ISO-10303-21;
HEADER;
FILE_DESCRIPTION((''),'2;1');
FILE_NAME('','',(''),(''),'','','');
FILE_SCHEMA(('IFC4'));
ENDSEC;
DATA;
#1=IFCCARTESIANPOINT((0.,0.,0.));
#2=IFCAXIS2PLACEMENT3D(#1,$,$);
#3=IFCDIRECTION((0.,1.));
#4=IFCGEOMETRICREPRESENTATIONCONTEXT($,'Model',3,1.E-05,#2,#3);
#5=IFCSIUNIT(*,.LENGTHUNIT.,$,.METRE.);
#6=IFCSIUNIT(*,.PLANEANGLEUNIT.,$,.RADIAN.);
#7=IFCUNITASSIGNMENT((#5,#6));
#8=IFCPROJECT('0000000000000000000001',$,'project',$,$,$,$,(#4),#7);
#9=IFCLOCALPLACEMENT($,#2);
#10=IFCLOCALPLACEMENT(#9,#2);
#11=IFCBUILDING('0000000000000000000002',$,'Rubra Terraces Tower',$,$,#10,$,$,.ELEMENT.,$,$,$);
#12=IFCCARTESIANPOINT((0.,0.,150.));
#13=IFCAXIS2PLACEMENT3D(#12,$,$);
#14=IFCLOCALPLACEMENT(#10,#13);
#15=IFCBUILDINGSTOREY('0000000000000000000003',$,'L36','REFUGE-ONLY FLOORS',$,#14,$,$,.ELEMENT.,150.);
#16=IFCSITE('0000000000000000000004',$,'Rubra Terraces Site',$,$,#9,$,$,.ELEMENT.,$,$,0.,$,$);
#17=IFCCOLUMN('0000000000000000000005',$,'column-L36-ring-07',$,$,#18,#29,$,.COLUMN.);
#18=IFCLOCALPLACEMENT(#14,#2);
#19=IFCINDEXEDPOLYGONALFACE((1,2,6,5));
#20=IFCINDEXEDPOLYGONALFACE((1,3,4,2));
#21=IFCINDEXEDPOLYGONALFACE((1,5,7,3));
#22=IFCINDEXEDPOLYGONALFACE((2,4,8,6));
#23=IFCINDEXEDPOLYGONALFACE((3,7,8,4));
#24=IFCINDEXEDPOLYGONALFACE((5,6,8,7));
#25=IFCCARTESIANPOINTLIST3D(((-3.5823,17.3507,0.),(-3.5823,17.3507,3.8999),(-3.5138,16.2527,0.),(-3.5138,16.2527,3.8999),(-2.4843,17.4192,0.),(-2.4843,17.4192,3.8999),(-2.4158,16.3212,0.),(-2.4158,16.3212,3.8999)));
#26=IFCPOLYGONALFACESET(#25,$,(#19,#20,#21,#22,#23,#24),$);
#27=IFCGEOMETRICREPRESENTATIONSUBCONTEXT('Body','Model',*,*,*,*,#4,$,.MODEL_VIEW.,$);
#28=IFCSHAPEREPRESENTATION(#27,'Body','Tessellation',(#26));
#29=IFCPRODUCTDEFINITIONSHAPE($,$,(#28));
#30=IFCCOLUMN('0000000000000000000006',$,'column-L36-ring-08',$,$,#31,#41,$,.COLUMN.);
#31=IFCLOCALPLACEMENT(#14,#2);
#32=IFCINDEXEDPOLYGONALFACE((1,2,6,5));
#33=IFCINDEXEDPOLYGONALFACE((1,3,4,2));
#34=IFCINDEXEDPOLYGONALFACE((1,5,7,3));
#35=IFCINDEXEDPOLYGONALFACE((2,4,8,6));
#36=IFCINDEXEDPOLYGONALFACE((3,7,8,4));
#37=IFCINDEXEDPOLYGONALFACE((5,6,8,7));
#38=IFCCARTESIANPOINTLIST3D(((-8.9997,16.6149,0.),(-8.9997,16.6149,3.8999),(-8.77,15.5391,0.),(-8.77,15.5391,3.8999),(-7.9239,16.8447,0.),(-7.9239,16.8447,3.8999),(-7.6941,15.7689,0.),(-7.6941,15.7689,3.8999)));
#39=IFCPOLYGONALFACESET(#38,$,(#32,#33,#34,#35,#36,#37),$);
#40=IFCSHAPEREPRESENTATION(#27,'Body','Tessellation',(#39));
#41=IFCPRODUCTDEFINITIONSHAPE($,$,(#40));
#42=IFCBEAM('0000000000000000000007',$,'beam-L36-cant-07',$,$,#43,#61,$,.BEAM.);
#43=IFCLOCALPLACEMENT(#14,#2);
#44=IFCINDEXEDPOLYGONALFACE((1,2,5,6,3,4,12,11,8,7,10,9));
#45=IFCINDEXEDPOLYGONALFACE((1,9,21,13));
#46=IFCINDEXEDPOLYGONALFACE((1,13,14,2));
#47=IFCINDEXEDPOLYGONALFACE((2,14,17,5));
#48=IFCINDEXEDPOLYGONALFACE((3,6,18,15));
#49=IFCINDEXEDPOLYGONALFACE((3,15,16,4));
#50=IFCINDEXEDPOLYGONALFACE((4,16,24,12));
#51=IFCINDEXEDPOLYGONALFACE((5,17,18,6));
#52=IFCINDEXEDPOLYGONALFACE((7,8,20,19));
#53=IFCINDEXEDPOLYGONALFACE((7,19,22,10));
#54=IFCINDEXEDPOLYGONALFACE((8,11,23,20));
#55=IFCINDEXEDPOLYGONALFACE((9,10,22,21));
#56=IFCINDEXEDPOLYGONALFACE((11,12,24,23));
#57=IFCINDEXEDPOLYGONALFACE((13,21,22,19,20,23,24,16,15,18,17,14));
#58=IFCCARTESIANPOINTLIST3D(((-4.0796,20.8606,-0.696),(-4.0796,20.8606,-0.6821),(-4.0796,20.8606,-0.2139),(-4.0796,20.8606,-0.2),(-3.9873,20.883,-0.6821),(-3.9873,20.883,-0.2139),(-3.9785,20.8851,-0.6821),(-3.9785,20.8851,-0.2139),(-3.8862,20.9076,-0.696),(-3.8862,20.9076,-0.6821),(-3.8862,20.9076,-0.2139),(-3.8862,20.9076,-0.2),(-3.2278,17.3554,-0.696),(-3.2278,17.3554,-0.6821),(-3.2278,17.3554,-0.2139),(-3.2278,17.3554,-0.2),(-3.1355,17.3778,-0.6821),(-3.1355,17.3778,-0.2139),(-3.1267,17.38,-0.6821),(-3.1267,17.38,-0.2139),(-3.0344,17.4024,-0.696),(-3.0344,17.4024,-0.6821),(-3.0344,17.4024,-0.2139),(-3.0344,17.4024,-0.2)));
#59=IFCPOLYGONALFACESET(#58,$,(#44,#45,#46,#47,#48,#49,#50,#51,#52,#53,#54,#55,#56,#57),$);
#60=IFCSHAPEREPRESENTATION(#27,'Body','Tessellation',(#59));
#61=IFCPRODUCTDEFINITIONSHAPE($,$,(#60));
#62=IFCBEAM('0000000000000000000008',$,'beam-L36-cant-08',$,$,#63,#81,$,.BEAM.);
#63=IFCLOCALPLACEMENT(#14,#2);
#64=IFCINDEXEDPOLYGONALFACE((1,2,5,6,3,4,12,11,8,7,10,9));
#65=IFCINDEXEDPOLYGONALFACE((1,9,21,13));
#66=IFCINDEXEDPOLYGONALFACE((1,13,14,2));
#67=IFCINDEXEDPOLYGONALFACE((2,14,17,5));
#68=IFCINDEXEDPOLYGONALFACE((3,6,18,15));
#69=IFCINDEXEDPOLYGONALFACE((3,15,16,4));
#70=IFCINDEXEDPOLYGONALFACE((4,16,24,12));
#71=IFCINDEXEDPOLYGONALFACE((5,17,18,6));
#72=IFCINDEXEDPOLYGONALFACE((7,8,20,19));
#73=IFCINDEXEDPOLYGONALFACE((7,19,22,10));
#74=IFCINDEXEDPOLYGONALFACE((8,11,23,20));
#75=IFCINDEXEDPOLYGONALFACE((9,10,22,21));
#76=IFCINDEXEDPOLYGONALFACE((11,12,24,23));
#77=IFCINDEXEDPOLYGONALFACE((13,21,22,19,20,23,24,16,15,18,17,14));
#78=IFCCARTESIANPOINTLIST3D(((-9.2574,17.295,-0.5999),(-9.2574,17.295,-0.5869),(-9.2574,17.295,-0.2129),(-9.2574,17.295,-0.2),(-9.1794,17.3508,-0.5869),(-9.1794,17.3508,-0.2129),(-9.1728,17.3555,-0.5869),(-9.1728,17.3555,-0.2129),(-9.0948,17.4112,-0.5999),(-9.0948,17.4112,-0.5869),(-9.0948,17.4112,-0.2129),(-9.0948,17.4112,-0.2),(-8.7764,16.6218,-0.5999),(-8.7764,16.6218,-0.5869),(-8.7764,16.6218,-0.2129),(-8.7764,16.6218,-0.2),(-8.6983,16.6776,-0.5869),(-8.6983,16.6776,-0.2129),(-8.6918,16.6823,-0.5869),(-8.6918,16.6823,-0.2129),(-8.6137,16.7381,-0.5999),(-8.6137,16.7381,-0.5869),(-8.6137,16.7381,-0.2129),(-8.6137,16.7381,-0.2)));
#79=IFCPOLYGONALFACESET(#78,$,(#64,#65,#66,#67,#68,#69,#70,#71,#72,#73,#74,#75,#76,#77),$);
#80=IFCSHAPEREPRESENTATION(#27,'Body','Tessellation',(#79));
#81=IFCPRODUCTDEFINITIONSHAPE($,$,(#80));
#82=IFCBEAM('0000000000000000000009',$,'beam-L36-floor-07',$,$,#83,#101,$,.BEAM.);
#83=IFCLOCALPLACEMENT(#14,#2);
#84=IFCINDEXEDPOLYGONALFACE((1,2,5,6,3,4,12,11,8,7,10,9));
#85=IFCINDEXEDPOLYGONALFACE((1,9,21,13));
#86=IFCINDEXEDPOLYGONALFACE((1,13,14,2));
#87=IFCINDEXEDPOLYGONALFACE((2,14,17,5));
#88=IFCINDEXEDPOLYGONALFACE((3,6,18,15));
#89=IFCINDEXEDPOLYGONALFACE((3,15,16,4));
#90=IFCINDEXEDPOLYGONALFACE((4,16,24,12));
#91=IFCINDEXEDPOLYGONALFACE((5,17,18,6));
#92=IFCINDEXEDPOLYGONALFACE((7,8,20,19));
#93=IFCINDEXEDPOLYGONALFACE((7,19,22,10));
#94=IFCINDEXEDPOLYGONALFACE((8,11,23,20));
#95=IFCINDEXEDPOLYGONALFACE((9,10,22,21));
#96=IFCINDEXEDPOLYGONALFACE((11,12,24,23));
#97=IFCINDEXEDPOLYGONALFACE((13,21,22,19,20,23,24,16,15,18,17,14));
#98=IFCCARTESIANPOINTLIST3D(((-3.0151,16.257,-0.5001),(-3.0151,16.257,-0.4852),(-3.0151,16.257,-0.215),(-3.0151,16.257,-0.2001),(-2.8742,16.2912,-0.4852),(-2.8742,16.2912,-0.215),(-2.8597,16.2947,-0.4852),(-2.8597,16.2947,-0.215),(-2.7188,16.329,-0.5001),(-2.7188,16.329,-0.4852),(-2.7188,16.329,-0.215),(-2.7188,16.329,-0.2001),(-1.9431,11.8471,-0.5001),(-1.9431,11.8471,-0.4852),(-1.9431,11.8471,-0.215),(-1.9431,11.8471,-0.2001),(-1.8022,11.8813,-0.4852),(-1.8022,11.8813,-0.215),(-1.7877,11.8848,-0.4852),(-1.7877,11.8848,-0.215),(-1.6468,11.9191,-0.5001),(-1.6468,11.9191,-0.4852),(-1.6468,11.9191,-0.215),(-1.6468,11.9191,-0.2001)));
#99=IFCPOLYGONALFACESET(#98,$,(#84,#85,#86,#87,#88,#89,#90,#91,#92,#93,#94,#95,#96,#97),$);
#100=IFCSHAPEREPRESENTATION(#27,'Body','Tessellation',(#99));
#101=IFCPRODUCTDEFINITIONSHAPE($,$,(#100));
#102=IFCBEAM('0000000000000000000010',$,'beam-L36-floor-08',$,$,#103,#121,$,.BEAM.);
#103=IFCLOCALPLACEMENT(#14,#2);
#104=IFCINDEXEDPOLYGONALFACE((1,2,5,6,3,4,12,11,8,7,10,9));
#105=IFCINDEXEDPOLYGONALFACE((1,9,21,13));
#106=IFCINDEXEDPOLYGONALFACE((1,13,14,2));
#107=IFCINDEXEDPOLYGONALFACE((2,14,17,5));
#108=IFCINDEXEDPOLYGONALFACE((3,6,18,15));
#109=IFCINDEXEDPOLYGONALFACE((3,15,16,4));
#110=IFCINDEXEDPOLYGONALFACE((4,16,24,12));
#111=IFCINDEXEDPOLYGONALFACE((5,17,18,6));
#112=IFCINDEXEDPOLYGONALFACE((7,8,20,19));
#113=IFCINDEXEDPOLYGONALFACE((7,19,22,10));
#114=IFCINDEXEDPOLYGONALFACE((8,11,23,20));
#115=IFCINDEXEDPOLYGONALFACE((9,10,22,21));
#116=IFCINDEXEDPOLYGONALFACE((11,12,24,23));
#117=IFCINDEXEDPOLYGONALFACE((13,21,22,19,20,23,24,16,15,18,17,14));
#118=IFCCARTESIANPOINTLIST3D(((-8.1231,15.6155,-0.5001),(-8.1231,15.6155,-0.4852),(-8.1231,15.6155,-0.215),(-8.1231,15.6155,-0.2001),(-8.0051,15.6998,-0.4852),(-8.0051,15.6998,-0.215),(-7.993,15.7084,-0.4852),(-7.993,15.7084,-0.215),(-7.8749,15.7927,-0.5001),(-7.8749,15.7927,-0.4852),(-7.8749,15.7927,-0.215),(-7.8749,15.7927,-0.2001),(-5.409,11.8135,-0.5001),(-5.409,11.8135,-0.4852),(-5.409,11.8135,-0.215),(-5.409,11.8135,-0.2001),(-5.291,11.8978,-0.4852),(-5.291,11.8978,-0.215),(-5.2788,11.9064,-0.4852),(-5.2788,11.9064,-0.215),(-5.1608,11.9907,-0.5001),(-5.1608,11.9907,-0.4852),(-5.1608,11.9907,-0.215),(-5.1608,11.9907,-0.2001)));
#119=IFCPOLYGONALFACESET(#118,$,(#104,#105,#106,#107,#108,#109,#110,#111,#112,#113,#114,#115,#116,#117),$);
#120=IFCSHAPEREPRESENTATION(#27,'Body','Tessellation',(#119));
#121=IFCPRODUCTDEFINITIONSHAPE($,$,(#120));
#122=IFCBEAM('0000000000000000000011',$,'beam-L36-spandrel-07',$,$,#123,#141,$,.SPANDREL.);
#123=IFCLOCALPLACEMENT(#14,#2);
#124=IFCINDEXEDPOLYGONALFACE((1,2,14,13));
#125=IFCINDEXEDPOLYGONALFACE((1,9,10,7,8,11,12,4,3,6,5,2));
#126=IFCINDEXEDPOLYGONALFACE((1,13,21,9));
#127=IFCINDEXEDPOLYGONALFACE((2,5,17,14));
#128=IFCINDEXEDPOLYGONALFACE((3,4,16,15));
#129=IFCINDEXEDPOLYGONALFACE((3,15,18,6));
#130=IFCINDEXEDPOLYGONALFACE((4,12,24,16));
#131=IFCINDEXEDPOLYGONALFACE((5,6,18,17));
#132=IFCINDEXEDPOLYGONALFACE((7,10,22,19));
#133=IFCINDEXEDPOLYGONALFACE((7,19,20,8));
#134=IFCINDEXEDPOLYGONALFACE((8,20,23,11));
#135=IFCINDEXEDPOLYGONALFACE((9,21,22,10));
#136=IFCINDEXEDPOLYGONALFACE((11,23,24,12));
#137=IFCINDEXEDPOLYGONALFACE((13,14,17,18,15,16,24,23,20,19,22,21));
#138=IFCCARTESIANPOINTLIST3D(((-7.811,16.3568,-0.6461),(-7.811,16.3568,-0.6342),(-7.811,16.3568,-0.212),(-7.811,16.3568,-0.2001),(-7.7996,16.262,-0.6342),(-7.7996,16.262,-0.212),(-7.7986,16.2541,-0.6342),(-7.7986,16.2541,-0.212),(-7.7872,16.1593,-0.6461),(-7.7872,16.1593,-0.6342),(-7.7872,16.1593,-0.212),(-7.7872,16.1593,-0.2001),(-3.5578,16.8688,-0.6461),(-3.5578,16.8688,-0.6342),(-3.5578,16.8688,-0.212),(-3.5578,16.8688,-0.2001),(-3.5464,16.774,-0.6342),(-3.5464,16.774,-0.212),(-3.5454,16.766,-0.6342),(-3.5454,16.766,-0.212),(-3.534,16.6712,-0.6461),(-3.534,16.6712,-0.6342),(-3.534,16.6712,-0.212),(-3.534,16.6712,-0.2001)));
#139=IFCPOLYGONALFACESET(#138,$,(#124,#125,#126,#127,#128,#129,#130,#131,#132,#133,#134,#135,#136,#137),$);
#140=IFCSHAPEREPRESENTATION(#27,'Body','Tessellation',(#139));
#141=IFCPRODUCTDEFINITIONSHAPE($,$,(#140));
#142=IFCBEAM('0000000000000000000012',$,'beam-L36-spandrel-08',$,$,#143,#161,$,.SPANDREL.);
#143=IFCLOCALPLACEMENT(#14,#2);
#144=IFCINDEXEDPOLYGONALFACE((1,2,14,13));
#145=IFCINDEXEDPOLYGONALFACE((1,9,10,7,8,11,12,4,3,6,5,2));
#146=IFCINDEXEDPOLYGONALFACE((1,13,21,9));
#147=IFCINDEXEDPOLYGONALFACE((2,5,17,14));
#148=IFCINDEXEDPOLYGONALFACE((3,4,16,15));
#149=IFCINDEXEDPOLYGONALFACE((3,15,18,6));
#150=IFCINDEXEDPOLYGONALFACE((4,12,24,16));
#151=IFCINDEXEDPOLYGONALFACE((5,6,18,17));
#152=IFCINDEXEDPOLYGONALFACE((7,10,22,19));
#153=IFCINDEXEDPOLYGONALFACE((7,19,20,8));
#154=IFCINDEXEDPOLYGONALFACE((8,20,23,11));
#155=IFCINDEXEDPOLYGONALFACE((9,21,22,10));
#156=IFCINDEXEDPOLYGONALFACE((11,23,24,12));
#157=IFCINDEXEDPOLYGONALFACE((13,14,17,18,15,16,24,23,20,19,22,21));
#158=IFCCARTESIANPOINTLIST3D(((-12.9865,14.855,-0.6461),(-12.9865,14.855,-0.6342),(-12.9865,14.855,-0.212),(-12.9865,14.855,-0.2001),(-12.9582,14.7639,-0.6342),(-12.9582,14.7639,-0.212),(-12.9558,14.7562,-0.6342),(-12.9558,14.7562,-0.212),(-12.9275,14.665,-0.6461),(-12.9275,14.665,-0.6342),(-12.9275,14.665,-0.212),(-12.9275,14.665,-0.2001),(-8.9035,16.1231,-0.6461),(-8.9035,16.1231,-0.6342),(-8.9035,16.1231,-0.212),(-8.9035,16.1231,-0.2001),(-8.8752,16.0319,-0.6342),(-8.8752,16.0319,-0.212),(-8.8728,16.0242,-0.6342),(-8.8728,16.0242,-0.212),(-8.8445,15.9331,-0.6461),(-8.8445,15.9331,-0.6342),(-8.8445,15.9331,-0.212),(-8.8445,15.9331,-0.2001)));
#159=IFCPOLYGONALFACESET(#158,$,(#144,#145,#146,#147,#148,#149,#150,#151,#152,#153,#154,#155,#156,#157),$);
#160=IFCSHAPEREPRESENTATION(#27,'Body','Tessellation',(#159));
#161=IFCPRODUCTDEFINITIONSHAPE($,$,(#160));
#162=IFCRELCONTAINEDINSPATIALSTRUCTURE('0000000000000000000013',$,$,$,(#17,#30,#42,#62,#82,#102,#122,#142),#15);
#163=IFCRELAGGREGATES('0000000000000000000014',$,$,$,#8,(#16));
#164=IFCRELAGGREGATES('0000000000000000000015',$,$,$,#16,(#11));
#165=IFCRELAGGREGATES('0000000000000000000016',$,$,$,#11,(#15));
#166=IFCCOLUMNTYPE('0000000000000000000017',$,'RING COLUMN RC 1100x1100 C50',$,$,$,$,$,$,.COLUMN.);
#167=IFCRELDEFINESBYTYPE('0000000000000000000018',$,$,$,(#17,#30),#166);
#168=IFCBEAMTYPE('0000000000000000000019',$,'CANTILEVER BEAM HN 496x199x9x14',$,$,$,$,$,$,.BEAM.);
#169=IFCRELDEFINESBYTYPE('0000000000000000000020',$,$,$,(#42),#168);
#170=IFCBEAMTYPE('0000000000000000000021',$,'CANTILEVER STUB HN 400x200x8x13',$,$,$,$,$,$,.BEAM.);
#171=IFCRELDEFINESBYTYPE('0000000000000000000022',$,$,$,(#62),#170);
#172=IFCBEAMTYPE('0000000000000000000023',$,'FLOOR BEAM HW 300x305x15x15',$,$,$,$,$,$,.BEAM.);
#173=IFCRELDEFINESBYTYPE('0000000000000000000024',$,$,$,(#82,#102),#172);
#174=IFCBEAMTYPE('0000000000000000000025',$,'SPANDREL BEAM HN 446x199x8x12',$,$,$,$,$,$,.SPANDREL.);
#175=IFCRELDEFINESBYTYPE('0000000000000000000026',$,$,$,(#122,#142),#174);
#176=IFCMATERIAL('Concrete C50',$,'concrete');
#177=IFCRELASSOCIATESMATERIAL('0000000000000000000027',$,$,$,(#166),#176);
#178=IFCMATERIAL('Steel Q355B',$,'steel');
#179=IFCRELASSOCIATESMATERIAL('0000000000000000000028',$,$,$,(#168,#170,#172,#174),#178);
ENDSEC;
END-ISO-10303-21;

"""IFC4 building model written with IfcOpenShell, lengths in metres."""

from ifc_helpers import new_model, si_unit, direction, frame, origin, origin_2d, place, context, subcontext, project, spatial, rectangle, i_section, extrude, material, material_profile, profile_set, type_object, element, save


model = new_model("IFC4")

# Units and contexts
model_context = context("Model", 3, precision=1e-05, world=origin(), true_north=direction((0.0, 1.0)))
body_context = subcontext(model_context, "Body", "Model", "MODEL_VIEW")
ifc_project = project(units=[si_unit("LENGTHUNIT", "METRE"), si_unit("PLANEANGLEUNIT", "RADIAN")], contexts=[model_context])

# Site, building, storey
site_placement = place(None, origin())
site = spatial("IfcSite", under=ifc_project, at=site_placement, Name="Rubra Terraces Site", CompositionType="ELEMENT", RefElevation=0.0)
building_placement = place(site_placement, origin())
building = spatial("IfcBuilding", under=site, at=building_placement, Name="Rubra Terraces Tower", CompositionType="ELEMENT")
storey_placement = place(building_placement, frame((0.0, 0.0, 150.0)))
storey = spatial("IfcBuildingStorey", under=building, at=storey_placement, Name="L36", Description="REFUGE-ONLY FLOORS", CompositionType="ELEMENT", Elevation=150.0)

# Columns
ifc_material_1 = material(Name="Concrete C50", Category="concrete")
ifc_material_profile_1 = material_profile(ifc_material_1, rectangle(XDim=1.1001, YDim=1.1001, at=origin_2d()), Name="RC 1100x1100")
ifc_profile_set_1 = profile_set([ifc_material_profile_1], Name="Concrete C50")
column_type = type_object("IfcColumnType", Name="RING COLUMN RC 1100x1100 C50", PredefinedType="COLUMN", material=ifc_profile_set_1)
for number, where, z_axis, x_axis, name in (
    (1, (-2.999, 16.8359, 0.0), (0.0, 0.0, 1.0), (-0.998059, -0.062268, 0.0), "column-L36-ring-07"),
    (2, (-8.3469, 16.1919, 0.0), (0.0, 0.0, 1.0), (-0.977944, -0.208867, 0.0), "column-L36-ring-08"),
):
    element("IfcColumn", number, at=place(storey_placement, frame(where, z_axis=z_axis, x_axis=x_axis)), inside=storey, type_object=column_type, Name=name, PredefinedType="COLUMN", context=body_context, shape_type="SweptSolid", body=[
        extrude(rectangle(XDim=1.1001, YDim=1.1001, at=origin_2d()), origin(), (0.0, 0.0, 1.0), 3.8999),
    ])

# Beams
ifc_material_2 = material(Name="Steel Q355B", Category="steel")
ifc_material_profile_2 = material_profile(ifc_material_2, i_section(OverallWidth=0.199, OverallDepth=0.4961, WebThickness=0.009, FlangeThickness=0.0139, at=origin_2d()), Name="HN 496x199x9x14")
ifc_profile_set_2 = profile_set([ifc_material_profile_2], Name="Steel Q355B")
beam_type_1 = type_object("IfcBeamType", Name="CANTILEVER BEAM HN 496x199x9x14", PredefinedType="BEAM", material=ifc_profile_set_2)
beam_1_placement = place(storey_placement, frame((-3.1311, 17.3789, -0.448), z_axis=(-0.236144, 0.971718, 0.0), x_axis=(-0.971718, -0.236144, 0.0)))
element("IfcBeam", 3, at=beam_1_placement, inside=storey, type_object=beam_type_1, Name="beam-L36-cant-07", PredefinedType="BEAM", context=body_context, shape_type="SweptSolid", body=[
    extrude(i_section(OverallWidth=0.199, OverallDepth=0.4961, WebThickness=0.009, FlangeThickness=0.0139, at=origin_2d()), origin(), (0.0, 0.0, 1.0), 3.6072),
])
ifc_material_profile_3 = material_profile(ifc_material_2, i_section(OverallWidth=0.2, OverallDepth=0.3999, WebThickness=0.0081, FlangeThickness=0.0129, at=origin_2d()), Name="HN 400x200x8x13")
ifc_profile_set_3 = profile_set([ifc_material_profile_3], Name="Steel Q355B")
beam_type_2 = type_object("IfcBeamType", Name="CANTILEVER STUB HN 400x200x8x13", PredefinedType="BEAM", material=ifc_profile_set_3)
beam_2_placement = place(storey_placement, frame((-8.6951, 16.6799, -0.3999), z_axis=(-0.581378, 0.813634, 0.0), x_axis=(-0.813634, -0.581378, 0.0)))
element("IfcBeam", 4, at=beam_2_placement, inside=storey, type_object=beam_type_2, Name="beam-L36-cant-08", PredefinedType="BEAM", context=body_context, shape_type="SweptSolid", body=[
    extrude(i_section(OverallWidth=0.2, OverallDepth=0.3999, WebThickness=0.0081, FlangeThickness=0.0129, at=origin_2d()), origin(), (0.0, 0.0, 1.0), 0.8274),
])
ifc_material_profile_4 = material_profile(ifc_material_2, i_section(OverallWidth=0.3049, OverallDepth=0.3, WebThickness=0.0149, FlangeThickness=0.0149, at=origin_2d()), Name="HW 300x305x15x15")
ifc_profile_set_4 = profile_set([ifc_material_profile_4], Name="Steel Q355B")
beam_type_3 = type_object("IfcBeamType", Name="FLOOR BEAM HW 300x305x15x15", PredefinedType="BEAM", material=ifc_profile_set_4)
beam_3_placement = place(storey_placement, frame((-2.8669, 16.293, -0.3501), z_axis=(0.236214, -0.971701, 0.0), x_axis=(0.971701, 0.236214, 0.0)))
element("IfcBeam", 5, at=beam_3_placement, inside=storey, type_object=beam_type_3, Name="beam-L36-floor-07", PredefinedType="BEAM", context=body_context, shape_type="SweptSolid", body=[
    extrude(i_section(OverallWidth=0.3049, OverallDepth=0.3, WebThickness=0.0149, FlangeThickness=0.0149, at=origin_2d()), origin(), (0.0, 0.0, 1.0), 4.5383),
])
beam_4_placement = place(storey_placement, frame((-7.999, 15.7041, -0.3501), z_axis=(0.581011, -0.813896, 0.0), x_axis=(0.813896, 0.581011, 0.0)))
element("IfcBeam", 6, at=beam_4_placement, inside=storey, type_object=beam_type_3, Name="beam-L36-floor-08", PredefinedType="BEAM", context=body_context, shape_type="SweptSolid", body=[
    extrude(i_section(OverallWidth=0.3049, OverallDepth=0.3, WebThickness=0.0149, FlangeThickness=0.0149, at=origin_2d()), origin(), (0.0, 0.0, 1.0), 4.6714),
])
ifc_material_profile_5 = material_profile(ifc_material_2, i_section(OverallWidth=0.199, OverallDepth=0.446, WebThickness=0.0081, FlangeThickness=0.012, at=origin_2d()), Name="HN 446x199x8x12")
ifc_profile_set_5 = profile_set([ifc_material_profile_5], Name="Steel Q355B")
beam_type_4 = type_object("IfcBeamType", Name="SPANDREL BEAM HN 446x199x8x12", PredefinedType="SPANDREL", material=ifc_profile_set_5)
beam_5_placement = place(storey_placement, frame((-3.5459, 16.77, -0.4231), z_axis=(-0.992833, -0.119509, 0.0), x_axis=(0.119509, -0.992833, 0.0)))
element("IfcBeam", 7, at=beam_5_placement, inside=storey, type_object=beam_type_4, Name="beam-L36-spandrel-07", PredefinedType="SPANDREL", context=body_context, shape_type="SweptSolid", body=[
    extrude(i_section(OverallWidth=0.199, OverallDepth=0.446, WebThickness=0.0081, FlangeThickness=0.012, at=origin_2d()), origin(), (0.0, 0.0, 1.0), 4.2839),
])
beam_6_placement = place(storey_placement, frame((-8.874, 16.0281, -0.4231), z_axis=(-0.955003, -0.296597, 0.0), x_axis=(0.296597, -0.955003, 0.0)))
element("IfcBeam", 8, at=beam_6_placement, inside=storey, type_object=beam_type_4, Name="beam-L36-spandrel-08", PredefinedType="SPANDREL", context=body_context, shape_type="SweptSolid", body=[
    extrude(i_section(OverallWidth=0.199, OverallDepth=0.446, WebThickness=0.0081, FlangeThickness=0.012, at=origin_2d()), origin(), (0.0, 0.0, 1.0), 4.2754),
])

save(model, "model.ifc")
